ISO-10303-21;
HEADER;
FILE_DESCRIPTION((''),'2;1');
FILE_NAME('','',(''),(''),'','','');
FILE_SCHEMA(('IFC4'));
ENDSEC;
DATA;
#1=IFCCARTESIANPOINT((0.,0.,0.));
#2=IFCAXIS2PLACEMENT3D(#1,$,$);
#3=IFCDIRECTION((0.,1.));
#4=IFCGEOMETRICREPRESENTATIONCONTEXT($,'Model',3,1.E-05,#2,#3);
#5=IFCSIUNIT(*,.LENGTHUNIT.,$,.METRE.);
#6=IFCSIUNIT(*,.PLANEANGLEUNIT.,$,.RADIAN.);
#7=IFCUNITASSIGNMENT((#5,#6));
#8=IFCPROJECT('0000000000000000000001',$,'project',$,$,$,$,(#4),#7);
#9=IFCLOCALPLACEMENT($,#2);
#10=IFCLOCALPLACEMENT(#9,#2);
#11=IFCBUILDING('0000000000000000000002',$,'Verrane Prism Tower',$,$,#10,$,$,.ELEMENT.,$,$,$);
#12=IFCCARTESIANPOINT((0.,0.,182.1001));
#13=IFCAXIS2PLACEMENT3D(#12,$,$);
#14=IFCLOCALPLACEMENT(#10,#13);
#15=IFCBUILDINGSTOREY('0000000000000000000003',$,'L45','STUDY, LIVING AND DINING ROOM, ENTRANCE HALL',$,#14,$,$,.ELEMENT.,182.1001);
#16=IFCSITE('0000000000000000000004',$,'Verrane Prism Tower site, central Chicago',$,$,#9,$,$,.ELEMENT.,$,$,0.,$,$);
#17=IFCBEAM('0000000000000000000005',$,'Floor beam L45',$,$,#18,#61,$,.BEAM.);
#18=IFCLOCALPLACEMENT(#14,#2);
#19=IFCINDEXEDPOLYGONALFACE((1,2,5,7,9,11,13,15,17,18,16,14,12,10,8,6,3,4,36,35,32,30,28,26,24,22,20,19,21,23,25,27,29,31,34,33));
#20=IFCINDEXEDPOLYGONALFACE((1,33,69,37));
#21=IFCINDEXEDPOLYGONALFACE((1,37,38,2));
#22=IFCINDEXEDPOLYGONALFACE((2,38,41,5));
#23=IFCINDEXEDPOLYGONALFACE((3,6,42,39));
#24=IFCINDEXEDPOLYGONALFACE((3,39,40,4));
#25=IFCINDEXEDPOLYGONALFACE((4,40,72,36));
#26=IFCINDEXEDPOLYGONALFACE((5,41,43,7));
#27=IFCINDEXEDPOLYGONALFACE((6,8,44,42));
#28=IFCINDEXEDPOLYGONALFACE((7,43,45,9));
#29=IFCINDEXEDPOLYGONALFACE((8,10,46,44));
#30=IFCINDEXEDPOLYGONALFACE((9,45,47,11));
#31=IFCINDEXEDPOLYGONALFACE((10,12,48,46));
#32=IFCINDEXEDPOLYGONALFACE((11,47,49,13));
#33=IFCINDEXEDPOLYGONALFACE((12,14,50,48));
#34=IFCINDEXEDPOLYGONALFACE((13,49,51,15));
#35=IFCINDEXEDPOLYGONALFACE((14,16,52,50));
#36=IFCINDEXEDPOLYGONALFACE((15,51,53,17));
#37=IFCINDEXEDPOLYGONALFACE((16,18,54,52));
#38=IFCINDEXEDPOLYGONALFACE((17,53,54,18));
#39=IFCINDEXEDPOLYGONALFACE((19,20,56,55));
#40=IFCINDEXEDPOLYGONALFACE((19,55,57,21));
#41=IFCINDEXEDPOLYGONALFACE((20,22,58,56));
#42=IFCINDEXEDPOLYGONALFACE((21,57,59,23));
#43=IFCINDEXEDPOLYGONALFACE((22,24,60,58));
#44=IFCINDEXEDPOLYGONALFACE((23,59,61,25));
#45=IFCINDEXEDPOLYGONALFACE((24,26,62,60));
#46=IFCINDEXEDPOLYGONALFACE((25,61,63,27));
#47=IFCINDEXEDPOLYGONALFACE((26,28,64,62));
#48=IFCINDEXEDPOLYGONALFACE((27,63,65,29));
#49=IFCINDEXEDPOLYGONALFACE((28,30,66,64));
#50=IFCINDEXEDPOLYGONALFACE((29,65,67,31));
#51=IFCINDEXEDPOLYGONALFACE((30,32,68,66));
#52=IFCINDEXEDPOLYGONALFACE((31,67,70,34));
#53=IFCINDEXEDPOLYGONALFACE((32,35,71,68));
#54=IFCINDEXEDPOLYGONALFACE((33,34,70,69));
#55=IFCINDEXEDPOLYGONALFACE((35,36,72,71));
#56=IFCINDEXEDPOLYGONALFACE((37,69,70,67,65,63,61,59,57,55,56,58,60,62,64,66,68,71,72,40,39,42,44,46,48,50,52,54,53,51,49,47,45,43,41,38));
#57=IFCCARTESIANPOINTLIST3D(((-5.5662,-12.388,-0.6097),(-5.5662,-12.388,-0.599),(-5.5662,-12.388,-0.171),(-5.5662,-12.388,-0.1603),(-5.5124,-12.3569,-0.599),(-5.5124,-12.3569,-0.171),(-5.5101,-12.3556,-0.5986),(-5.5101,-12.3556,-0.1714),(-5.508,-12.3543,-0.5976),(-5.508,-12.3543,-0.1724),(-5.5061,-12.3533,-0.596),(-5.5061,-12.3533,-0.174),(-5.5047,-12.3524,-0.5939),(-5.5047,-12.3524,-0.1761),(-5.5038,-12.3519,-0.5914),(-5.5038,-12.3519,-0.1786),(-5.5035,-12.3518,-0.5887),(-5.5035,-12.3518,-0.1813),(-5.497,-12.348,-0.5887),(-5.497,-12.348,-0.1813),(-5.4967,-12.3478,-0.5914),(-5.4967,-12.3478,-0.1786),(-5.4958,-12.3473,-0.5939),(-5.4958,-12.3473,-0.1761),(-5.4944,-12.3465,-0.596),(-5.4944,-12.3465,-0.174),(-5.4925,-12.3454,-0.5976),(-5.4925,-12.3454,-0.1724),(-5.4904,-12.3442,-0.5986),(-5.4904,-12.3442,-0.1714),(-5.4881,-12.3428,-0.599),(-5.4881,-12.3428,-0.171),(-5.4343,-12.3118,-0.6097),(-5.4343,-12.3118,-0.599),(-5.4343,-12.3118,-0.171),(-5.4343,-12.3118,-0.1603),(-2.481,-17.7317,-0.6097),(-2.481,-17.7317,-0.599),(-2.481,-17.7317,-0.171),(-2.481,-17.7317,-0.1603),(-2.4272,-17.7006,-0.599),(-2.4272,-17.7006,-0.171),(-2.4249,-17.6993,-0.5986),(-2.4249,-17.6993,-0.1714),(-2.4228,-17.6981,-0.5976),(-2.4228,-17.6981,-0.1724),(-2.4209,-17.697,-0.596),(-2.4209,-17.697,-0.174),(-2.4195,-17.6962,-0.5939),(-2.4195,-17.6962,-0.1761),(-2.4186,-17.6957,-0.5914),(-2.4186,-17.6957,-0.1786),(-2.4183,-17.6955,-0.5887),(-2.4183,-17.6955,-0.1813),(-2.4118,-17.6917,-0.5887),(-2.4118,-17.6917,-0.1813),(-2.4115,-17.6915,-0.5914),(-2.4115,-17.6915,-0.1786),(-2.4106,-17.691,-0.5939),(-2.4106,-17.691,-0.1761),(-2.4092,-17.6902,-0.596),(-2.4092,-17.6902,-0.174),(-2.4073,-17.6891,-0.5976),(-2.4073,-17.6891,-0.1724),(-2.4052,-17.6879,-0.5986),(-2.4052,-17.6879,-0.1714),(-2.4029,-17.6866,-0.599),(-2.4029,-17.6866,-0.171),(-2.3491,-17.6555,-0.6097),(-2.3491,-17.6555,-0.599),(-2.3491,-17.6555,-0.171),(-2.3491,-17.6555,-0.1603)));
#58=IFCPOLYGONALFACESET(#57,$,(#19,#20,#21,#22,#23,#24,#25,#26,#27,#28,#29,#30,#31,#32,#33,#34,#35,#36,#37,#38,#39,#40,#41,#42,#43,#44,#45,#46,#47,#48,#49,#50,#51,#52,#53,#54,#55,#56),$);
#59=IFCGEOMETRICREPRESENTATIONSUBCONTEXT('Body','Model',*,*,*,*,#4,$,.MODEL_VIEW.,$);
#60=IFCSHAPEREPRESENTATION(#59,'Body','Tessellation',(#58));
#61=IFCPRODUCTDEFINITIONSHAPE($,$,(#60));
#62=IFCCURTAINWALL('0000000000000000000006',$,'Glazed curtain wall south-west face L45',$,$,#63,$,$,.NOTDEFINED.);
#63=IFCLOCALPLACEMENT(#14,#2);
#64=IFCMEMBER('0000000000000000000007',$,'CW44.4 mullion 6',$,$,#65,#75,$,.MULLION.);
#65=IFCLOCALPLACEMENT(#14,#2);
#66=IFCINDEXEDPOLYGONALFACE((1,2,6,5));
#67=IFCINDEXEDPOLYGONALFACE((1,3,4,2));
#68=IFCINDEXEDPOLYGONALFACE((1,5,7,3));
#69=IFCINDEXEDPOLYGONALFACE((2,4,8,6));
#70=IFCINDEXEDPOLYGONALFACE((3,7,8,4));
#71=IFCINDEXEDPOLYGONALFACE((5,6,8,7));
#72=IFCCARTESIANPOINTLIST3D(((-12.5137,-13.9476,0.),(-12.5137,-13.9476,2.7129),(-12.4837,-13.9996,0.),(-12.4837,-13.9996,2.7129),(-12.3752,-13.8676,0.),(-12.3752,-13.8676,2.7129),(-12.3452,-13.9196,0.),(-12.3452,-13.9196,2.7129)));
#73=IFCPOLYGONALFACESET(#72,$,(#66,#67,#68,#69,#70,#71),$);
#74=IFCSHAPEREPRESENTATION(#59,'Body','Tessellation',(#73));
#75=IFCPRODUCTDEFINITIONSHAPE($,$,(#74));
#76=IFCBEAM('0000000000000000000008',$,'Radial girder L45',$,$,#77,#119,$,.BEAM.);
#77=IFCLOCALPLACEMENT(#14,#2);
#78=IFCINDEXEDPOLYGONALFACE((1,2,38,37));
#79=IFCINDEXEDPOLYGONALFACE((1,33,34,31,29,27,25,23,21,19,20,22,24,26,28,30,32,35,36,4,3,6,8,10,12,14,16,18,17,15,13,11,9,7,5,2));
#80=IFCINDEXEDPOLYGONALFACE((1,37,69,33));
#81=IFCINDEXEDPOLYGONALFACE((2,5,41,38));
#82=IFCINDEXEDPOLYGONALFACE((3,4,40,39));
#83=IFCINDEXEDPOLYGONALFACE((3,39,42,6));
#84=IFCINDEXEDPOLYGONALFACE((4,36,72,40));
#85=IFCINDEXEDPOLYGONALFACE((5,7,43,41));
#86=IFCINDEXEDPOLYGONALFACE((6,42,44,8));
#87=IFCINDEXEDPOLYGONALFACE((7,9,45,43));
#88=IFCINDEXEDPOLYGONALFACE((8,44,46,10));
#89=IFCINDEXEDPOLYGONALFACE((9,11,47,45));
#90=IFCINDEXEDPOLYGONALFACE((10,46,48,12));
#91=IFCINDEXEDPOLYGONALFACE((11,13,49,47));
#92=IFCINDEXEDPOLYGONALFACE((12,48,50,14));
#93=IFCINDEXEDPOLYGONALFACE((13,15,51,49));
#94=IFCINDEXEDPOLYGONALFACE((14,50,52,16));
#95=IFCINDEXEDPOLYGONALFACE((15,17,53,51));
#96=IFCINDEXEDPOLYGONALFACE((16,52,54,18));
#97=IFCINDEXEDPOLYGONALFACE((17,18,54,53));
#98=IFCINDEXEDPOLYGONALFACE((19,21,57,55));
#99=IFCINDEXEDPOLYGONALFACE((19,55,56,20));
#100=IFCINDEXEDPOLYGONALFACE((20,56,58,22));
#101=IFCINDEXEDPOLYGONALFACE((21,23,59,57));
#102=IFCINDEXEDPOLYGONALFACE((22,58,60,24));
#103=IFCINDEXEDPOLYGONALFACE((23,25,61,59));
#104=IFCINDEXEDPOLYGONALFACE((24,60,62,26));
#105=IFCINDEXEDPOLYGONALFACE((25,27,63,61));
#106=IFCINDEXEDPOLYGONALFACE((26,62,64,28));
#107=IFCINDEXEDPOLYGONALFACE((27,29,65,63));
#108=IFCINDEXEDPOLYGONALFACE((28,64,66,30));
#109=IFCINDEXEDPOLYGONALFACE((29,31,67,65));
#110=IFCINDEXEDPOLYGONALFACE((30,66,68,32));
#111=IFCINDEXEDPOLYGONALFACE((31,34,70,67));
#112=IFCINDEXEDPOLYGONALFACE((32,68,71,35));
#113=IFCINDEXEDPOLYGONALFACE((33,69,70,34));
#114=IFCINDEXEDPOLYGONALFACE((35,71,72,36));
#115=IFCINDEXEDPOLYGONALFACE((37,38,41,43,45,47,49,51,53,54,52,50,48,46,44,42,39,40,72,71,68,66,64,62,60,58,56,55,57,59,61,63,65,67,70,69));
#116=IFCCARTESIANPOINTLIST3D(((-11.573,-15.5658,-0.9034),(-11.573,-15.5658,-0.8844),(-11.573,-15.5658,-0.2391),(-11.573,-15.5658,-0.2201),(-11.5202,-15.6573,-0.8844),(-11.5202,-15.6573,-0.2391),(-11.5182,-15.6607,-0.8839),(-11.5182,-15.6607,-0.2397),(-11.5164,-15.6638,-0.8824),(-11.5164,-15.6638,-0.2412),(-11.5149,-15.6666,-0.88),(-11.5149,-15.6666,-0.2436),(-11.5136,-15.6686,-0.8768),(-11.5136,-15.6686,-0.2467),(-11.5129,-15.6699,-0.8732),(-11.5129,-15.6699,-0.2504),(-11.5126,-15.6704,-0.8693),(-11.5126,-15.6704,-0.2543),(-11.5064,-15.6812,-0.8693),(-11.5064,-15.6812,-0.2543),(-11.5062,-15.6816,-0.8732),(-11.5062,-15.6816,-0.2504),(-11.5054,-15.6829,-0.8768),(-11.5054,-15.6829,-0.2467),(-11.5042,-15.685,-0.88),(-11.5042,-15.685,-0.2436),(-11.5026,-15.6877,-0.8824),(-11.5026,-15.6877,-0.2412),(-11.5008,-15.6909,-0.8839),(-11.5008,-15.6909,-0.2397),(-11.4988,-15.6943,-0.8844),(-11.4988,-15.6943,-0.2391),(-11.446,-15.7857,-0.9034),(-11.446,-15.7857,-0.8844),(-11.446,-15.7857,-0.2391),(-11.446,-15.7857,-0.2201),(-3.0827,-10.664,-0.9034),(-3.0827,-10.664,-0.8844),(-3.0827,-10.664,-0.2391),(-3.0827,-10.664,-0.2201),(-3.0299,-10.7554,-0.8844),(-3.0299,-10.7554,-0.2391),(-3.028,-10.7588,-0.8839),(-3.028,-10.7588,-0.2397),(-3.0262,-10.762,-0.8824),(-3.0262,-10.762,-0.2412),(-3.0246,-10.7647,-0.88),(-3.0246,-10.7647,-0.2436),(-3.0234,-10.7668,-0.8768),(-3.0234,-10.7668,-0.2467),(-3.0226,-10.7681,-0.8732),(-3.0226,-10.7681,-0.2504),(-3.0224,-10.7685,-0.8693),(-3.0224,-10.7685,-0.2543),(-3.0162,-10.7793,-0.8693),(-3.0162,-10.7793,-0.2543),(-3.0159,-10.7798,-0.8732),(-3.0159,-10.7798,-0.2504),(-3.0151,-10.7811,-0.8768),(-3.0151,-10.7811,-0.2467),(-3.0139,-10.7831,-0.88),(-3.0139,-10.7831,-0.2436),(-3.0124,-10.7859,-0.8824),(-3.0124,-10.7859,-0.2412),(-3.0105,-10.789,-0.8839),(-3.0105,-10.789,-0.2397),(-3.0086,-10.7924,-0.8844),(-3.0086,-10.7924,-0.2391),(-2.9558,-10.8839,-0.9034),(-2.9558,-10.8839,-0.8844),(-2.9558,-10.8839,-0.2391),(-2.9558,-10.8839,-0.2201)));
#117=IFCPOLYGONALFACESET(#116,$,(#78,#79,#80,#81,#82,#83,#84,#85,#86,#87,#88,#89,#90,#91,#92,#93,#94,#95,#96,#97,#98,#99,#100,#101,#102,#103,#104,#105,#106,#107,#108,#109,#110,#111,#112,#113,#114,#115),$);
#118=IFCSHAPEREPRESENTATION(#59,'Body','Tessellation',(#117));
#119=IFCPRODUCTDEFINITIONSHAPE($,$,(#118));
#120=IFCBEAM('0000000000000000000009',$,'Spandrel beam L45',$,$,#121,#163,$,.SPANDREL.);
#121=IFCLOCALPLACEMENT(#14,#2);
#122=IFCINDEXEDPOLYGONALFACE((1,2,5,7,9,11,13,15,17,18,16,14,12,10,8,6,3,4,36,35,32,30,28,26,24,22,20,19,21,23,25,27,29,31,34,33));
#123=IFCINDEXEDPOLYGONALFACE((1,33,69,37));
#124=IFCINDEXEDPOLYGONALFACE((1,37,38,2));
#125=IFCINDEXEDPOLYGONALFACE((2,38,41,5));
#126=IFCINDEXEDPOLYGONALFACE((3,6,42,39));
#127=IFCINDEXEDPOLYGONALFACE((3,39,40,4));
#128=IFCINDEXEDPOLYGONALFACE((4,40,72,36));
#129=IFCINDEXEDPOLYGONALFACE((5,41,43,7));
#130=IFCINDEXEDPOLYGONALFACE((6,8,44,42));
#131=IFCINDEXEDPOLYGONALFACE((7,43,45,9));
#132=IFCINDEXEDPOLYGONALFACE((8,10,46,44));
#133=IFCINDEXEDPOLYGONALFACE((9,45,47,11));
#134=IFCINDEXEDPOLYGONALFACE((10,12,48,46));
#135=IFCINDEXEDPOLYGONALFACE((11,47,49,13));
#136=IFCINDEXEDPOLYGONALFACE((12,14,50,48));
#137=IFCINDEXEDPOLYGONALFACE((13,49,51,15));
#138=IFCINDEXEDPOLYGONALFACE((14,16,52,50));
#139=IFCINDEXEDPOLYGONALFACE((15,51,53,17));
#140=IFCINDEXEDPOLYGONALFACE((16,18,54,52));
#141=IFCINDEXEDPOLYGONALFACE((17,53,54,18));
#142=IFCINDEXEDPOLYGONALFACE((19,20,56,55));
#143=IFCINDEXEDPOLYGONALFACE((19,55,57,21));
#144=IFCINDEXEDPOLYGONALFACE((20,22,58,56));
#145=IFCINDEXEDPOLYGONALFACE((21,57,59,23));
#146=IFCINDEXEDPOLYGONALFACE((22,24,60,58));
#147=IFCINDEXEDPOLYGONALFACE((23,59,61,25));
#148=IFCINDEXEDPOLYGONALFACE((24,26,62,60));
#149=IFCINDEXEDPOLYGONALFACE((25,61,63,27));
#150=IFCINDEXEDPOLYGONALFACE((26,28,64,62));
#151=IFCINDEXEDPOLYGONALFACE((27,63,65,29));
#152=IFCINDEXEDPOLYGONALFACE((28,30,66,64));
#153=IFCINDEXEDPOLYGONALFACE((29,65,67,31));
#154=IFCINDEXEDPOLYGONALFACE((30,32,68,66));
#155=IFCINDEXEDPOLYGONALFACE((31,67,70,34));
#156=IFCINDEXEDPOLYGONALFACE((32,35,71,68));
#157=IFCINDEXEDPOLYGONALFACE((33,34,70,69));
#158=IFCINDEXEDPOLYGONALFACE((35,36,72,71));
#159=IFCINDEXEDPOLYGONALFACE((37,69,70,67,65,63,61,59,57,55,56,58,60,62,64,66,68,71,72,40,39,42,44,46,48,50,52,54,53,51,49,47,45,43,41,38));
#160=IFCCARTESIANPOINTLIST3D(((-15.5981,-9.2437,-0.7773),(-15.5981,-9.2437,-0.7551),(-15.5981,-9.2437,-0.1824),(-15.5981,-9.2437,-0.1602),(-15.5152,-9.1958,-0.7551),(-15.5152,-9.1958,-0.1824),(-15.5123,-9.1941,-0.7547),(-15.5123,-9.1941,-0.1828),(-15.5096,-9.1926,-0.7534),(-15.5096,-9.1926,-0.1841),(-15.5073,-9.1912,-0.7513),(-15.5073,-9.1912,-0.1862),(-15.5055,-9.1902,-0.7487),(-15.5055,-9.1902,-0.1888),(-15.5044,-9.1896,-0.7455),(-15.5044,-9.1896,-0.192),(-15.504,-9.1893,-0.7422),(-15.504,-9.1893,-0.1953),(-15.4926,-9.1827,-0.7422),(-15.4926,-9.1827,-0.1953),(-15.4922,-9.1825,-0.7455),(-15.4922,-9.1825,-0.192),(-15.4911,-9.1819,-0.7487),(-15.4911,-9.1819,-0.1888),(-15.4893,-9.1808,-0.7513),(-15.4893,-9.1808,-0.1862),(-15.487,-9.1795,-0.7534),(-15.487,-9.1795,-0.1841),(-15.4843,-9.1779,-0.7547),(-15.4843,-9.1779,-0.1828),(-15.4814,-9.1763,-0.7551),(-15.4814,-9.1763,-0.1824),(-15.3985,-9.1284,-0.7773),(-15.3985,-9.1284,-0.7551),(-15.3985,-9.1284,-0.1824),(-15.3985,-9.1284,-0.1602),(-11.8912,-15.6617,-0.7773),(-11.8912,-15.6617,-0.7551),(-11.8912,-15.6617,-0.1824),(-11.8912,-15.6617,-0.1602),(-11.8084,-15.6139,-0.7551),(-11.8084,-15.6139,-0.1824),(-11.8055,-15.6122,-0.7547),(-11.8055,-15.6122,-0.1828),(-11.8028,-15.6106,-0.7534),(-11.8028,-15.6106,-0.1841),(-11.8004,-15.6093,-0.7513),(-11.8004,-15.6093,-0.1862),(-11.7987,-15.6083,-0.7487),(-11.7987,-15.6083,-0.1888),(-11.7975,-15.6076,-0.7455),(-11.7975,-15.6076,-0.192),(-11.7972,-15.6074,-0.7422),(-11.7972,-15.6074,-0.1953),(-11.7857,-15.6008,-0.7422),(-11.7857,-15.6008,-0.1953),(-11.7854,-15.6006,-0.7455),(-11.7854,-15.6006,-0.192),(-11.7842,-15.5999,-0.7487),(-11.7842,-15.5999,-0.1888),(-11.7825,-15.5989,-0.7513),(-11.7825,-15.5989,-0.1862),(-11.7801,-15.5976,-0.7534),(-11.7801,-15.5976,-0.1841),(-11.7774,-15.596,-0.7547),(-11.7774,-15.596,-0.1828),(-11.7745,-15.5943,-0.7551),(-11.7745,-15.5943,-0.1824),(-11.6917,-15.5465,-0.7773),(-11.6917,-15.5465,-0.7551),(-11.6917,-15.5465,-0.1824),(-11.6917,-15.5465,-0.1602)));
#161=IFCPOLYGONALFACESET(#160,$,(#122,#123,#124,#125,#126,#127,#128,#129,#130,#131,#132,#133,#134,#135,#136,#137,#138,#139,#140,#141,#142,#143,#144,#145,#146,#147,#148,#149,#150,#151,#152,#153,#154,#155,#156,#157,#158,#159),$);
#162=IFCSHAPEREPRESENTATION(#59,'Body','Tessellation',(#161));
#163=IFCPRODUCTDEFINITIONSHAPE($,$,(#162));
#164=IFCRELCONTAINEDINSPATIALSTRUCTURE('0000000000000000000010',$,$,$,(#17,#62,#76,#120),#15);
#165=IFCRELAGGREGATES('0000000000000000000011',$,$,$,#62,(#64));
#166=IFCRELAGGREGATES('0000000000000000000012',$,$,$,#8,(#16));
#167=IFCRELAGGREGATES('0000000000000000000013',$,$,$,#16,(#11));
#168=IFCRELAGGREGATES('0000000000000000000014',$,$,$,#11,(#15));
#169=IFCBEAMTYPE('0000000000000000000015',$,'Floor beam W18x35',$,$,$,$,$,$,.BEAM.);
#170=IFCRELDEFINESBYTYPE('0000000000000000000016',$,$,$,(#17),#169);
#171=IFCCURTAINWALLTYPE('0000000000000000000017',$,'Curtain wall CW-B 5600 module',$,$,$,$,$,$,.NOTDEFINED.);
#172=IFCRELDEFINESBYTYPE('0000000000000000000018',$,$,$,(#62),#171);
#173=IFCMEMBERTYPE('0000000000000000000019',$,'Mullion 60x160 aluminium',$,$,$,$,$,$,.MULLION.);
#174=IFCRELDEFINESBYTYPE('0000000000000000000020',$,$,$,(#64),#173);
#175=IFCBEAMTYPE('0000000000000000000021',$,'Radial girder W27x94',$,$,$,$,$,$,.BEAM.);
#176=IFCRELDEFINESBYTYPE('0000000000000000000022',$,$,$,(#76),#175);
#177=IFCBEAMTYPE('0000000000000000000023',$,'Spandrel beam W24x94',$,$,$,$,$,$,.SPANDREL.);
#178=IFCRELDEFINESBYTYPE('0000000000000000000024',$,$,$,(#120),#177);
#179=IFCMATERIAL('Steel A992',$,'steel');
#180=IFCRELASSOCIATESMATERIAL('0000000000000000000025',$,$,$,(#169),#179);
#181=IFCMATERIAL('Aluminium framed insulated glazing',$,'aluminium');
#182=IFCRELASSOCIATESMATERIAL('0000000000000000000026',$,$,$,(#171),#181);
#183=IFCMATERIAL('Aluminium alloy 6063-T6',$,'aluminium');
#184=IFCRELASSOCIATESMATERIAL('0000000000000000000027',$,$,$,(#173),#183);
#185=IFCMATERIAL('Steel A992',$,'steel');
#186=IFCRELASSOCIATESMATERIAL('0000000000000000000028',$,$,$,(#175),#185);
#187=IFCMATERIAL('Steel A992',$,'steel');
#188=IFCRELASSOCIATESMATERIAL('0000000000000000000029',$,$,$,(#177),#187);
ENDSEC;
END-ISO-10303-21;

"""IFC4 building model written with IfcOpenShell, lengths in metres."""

from ifc_helpers import new_model, si_unit, direction, frame, origin, origin_2d, place, context, subcontext, project, spatial, rectangle, i_section, extrude, material, material_profile, profile_set, type_object, element, aggregate, save


model = new_model("IFC4")

# Units and contexts
model_context = context("Model", 3, precision=1e-05, world=origin(), true_north=direction((0.0, 1.0)))
body_context = subcontext(model_context, "Body", "Model", "MODEL_VIEW")
ifc_project = project(units=[si_unit("LENGTHUNIT", "METRE"), si_unit("PLANEANGLEUNIT", "RADIAN")], contexts=[model_context])

# Site, building, storey
site_placement = place(None, origin())
site = spatial("IfcSite", under=ifc_project, at=site_placement, Name="Verrane Prism Tower site, central Chicago", CompositionType="ELEMENT", RefElevation=0.0)
building_placement = place(site_placement, origin())
building = spatial("IfcBuilding", under=site, at=building_placement, Name="Verrane Prism Tower", CompositionType="ELEMENT")
storey_placement = place(building_placement, frame((0.0, 0.0, 182.1001)))
storey = spatial("IfcBuildingStorey", under=building, at=storey_placement, Name="L45", Description="STUDY, LIVING AND DINING ROOM, ENTRANCE HALL", CompositionType="ELEMENT", Elevation=182.1001)

# Beam
ifc_material_1 = material(Name="Steel A992", Category="steel")
ifc_material_profile_1 = material_profile(ifc_material_1, i_section(OverallWidth=0.1523, OverallDepth=0.4495, WebThickness=0.0076, FlangeThickness=0.0107, FilletRadius=0.0103, at=origin_2d()), Name="W18x35")
ifc_profile_set_1 = profile_set([ifc_material_profile_1], Name="Steel A992")
beam_type_1 = type_object("IfcBeamType", Name="Floor beam W18x35", PredefinedType="BEAM", material=ifc_profile_set_1)
beam_1_placement = place(storey_placement, frame((-2.415, -17.6936, -0.385), z_axis=(-0.499999, 0.866026, 0.0), x_axis=(-0.866026, -0.499999, 0.0)))
element("IfcBeam", 1, at=beam_1_placement, inside=storey, type_object=beam_type_1, Name="Floor beam L45", PredefinedType="BEAM", context=body_context, shape_type="SweptSolid", body=[
    extrude(i_section(OverallWidth=0.1523, OverallDepth=0.4495, WebThickness=0.0076, FlangeThickness=0.0107, FilletRadius=0.0103, at=origin_2d()), origin(), (0.0, 0.0, 1.0), 6.1704),
])

# Curtain wall, member
ifc_material_2 = material(Name="Aluminium framed insulated glazing", Category="aluminium")
curtain_wall_type = type_object("IfcCurtainWallType", Name="Curtain wall CW-B 5600 module", PredefinedType="NOTDEFINED", material=ifc_material_2)
curtain_wall_placement = place(storey_placement, origin())
curtain_wall = element("IfcCurtainWall", 2, at=curtain_wall_placement, inside=storey, type_object=curtain_wall_type, Name="Glazed curtain wall south-west face L45", PredefinedType="NOTDEFINED")
ifc_material_3 = material(Name="Aluminium alloy 6063-T6", Category="aluminium")
ifc_material_profile_2 = material_profile(ifc_material_3, rectangle(XDim=0.1599, YDim=0.0601, at=origin_2d()), Name="Mullion 60x160 aluminium")
ifc_profile_set_2 = profile_set([ifc_material_profile_2], Name="Aluminium alloy 6063-T6")
member_type_1 = type_object("IfcMemberType", Name="Mullion 60x160 aluminium", PredefinedType="MULLION", material=ifc_profile_set_2)
member_1_placement = place(storey_placement, frame((-12.4294, -13.9336, 0.0), z_axis=(0.0, 0.0, 1.0), x_axis=(0.866026, 0.499999, 0.0)))
member_1 = element("IfcMember", 3, at=member_1_placement, type_object=member_type_1, Name="CW44.4 mullion 6", PredefinedType="MULLION", context=body_context, shape_type="SweptSolid", body=[
    extrude(rectangle(XDim=0.1599, YDim=0.0601, at=origin_2d()), origin(), (0.0, 0.0, 1.0), 2.7129),
])

# Beams
ifc_material_4 = material(Name="Steel A992", Category="steel")
ifc_material_profile_3 = material_profile(ifc_material_4, i_section(OverallWidth=0.2539, OverallDepth=0.6833, WebThickness=0.0125, FlangeThickness=0.019, FilletRadius=0.0151, at=origin_2d()), Name="W27x94")
ifc_profile_set_3 = profile_set([ifc_material_profile_3], Name="Steel A992")
beam_type_2 = type_object("IfcBeamType", Name="Radial girder W27x94", PredefinedType="BEAM", material=ifc_profile_set_3)
beam_2_placement = place(storey_placement, frame((-11.5095, -15.6758, -0.5618), z_axis=(0.866025, 0.500001, 0.0), x_axis=(-0.500001, 0.866025, 0.0)))
element("IfcBeam", 4, at=beam_2_placement, inside=storey, type_object=beam_type_2, Name="Radial girder L45", PredefinedType="BEAM", context=body_context, shape_type="SweptSolid", body=[
    extrude(i_section(OverallWidth=0.2539, OverallDepth=0.6833, WebThickness=0.0125, FlangeThickness=0.019, FilletRadius=0.0151, at=origin_2d()), origin(), (0.0, 0.0, 1.0), 9.8037),
])
ifc_material_5 = material(Name="Steel A992", Category="steel")
ifc_material_profile_4 = material_profile(ifc_material_5, i_section(OverallWidth=0.2305, OverallDepth=0.6172, WebThickness=0.0132, FlangeThickness=0.0222, FilletRadius=0.0129, at=origin_2d()), Name="W24x94")
ifc_profile_set_4 = profile_set([ifc_material_profile_4], Name="Steel A992")
beam_type_3 = type_object("IfcBeamType", Name="Spandrel beam W24x94", PredefinedType="SPANDREL", material=ifc_profile_set_4)
for number, where, z_axis, x_axis, name in (
    (5, (-15.4983, -9.186, -0.4688), (0.500139, -0.865945, 0.0), (0.865945, 0.500139, 0.0), "Spandrel beam L45"),
):
    element("IfcBeam", number, at=place(storey_placement, frame(where, z_axis=z_axis, x_axis=x_axis)), inside=storey, type_object=beam_type_3, Name=name, PredefinedType="SPANDREL", context=body_context, shape_type="SweptSolid", body=[
        extrude(i_section(OverallWidth=0.2305, OverallDepth=0.6172, WebThickness=0.0132, FlangeThickness=0.0222, FilletRadius=0.0129, at=origin_2d()), origin(), (0.0, 0.0, 1.0), 7.4116),
    ])

aggregate(curtain_wall, [member_1])

save(model, "model.ifc")
